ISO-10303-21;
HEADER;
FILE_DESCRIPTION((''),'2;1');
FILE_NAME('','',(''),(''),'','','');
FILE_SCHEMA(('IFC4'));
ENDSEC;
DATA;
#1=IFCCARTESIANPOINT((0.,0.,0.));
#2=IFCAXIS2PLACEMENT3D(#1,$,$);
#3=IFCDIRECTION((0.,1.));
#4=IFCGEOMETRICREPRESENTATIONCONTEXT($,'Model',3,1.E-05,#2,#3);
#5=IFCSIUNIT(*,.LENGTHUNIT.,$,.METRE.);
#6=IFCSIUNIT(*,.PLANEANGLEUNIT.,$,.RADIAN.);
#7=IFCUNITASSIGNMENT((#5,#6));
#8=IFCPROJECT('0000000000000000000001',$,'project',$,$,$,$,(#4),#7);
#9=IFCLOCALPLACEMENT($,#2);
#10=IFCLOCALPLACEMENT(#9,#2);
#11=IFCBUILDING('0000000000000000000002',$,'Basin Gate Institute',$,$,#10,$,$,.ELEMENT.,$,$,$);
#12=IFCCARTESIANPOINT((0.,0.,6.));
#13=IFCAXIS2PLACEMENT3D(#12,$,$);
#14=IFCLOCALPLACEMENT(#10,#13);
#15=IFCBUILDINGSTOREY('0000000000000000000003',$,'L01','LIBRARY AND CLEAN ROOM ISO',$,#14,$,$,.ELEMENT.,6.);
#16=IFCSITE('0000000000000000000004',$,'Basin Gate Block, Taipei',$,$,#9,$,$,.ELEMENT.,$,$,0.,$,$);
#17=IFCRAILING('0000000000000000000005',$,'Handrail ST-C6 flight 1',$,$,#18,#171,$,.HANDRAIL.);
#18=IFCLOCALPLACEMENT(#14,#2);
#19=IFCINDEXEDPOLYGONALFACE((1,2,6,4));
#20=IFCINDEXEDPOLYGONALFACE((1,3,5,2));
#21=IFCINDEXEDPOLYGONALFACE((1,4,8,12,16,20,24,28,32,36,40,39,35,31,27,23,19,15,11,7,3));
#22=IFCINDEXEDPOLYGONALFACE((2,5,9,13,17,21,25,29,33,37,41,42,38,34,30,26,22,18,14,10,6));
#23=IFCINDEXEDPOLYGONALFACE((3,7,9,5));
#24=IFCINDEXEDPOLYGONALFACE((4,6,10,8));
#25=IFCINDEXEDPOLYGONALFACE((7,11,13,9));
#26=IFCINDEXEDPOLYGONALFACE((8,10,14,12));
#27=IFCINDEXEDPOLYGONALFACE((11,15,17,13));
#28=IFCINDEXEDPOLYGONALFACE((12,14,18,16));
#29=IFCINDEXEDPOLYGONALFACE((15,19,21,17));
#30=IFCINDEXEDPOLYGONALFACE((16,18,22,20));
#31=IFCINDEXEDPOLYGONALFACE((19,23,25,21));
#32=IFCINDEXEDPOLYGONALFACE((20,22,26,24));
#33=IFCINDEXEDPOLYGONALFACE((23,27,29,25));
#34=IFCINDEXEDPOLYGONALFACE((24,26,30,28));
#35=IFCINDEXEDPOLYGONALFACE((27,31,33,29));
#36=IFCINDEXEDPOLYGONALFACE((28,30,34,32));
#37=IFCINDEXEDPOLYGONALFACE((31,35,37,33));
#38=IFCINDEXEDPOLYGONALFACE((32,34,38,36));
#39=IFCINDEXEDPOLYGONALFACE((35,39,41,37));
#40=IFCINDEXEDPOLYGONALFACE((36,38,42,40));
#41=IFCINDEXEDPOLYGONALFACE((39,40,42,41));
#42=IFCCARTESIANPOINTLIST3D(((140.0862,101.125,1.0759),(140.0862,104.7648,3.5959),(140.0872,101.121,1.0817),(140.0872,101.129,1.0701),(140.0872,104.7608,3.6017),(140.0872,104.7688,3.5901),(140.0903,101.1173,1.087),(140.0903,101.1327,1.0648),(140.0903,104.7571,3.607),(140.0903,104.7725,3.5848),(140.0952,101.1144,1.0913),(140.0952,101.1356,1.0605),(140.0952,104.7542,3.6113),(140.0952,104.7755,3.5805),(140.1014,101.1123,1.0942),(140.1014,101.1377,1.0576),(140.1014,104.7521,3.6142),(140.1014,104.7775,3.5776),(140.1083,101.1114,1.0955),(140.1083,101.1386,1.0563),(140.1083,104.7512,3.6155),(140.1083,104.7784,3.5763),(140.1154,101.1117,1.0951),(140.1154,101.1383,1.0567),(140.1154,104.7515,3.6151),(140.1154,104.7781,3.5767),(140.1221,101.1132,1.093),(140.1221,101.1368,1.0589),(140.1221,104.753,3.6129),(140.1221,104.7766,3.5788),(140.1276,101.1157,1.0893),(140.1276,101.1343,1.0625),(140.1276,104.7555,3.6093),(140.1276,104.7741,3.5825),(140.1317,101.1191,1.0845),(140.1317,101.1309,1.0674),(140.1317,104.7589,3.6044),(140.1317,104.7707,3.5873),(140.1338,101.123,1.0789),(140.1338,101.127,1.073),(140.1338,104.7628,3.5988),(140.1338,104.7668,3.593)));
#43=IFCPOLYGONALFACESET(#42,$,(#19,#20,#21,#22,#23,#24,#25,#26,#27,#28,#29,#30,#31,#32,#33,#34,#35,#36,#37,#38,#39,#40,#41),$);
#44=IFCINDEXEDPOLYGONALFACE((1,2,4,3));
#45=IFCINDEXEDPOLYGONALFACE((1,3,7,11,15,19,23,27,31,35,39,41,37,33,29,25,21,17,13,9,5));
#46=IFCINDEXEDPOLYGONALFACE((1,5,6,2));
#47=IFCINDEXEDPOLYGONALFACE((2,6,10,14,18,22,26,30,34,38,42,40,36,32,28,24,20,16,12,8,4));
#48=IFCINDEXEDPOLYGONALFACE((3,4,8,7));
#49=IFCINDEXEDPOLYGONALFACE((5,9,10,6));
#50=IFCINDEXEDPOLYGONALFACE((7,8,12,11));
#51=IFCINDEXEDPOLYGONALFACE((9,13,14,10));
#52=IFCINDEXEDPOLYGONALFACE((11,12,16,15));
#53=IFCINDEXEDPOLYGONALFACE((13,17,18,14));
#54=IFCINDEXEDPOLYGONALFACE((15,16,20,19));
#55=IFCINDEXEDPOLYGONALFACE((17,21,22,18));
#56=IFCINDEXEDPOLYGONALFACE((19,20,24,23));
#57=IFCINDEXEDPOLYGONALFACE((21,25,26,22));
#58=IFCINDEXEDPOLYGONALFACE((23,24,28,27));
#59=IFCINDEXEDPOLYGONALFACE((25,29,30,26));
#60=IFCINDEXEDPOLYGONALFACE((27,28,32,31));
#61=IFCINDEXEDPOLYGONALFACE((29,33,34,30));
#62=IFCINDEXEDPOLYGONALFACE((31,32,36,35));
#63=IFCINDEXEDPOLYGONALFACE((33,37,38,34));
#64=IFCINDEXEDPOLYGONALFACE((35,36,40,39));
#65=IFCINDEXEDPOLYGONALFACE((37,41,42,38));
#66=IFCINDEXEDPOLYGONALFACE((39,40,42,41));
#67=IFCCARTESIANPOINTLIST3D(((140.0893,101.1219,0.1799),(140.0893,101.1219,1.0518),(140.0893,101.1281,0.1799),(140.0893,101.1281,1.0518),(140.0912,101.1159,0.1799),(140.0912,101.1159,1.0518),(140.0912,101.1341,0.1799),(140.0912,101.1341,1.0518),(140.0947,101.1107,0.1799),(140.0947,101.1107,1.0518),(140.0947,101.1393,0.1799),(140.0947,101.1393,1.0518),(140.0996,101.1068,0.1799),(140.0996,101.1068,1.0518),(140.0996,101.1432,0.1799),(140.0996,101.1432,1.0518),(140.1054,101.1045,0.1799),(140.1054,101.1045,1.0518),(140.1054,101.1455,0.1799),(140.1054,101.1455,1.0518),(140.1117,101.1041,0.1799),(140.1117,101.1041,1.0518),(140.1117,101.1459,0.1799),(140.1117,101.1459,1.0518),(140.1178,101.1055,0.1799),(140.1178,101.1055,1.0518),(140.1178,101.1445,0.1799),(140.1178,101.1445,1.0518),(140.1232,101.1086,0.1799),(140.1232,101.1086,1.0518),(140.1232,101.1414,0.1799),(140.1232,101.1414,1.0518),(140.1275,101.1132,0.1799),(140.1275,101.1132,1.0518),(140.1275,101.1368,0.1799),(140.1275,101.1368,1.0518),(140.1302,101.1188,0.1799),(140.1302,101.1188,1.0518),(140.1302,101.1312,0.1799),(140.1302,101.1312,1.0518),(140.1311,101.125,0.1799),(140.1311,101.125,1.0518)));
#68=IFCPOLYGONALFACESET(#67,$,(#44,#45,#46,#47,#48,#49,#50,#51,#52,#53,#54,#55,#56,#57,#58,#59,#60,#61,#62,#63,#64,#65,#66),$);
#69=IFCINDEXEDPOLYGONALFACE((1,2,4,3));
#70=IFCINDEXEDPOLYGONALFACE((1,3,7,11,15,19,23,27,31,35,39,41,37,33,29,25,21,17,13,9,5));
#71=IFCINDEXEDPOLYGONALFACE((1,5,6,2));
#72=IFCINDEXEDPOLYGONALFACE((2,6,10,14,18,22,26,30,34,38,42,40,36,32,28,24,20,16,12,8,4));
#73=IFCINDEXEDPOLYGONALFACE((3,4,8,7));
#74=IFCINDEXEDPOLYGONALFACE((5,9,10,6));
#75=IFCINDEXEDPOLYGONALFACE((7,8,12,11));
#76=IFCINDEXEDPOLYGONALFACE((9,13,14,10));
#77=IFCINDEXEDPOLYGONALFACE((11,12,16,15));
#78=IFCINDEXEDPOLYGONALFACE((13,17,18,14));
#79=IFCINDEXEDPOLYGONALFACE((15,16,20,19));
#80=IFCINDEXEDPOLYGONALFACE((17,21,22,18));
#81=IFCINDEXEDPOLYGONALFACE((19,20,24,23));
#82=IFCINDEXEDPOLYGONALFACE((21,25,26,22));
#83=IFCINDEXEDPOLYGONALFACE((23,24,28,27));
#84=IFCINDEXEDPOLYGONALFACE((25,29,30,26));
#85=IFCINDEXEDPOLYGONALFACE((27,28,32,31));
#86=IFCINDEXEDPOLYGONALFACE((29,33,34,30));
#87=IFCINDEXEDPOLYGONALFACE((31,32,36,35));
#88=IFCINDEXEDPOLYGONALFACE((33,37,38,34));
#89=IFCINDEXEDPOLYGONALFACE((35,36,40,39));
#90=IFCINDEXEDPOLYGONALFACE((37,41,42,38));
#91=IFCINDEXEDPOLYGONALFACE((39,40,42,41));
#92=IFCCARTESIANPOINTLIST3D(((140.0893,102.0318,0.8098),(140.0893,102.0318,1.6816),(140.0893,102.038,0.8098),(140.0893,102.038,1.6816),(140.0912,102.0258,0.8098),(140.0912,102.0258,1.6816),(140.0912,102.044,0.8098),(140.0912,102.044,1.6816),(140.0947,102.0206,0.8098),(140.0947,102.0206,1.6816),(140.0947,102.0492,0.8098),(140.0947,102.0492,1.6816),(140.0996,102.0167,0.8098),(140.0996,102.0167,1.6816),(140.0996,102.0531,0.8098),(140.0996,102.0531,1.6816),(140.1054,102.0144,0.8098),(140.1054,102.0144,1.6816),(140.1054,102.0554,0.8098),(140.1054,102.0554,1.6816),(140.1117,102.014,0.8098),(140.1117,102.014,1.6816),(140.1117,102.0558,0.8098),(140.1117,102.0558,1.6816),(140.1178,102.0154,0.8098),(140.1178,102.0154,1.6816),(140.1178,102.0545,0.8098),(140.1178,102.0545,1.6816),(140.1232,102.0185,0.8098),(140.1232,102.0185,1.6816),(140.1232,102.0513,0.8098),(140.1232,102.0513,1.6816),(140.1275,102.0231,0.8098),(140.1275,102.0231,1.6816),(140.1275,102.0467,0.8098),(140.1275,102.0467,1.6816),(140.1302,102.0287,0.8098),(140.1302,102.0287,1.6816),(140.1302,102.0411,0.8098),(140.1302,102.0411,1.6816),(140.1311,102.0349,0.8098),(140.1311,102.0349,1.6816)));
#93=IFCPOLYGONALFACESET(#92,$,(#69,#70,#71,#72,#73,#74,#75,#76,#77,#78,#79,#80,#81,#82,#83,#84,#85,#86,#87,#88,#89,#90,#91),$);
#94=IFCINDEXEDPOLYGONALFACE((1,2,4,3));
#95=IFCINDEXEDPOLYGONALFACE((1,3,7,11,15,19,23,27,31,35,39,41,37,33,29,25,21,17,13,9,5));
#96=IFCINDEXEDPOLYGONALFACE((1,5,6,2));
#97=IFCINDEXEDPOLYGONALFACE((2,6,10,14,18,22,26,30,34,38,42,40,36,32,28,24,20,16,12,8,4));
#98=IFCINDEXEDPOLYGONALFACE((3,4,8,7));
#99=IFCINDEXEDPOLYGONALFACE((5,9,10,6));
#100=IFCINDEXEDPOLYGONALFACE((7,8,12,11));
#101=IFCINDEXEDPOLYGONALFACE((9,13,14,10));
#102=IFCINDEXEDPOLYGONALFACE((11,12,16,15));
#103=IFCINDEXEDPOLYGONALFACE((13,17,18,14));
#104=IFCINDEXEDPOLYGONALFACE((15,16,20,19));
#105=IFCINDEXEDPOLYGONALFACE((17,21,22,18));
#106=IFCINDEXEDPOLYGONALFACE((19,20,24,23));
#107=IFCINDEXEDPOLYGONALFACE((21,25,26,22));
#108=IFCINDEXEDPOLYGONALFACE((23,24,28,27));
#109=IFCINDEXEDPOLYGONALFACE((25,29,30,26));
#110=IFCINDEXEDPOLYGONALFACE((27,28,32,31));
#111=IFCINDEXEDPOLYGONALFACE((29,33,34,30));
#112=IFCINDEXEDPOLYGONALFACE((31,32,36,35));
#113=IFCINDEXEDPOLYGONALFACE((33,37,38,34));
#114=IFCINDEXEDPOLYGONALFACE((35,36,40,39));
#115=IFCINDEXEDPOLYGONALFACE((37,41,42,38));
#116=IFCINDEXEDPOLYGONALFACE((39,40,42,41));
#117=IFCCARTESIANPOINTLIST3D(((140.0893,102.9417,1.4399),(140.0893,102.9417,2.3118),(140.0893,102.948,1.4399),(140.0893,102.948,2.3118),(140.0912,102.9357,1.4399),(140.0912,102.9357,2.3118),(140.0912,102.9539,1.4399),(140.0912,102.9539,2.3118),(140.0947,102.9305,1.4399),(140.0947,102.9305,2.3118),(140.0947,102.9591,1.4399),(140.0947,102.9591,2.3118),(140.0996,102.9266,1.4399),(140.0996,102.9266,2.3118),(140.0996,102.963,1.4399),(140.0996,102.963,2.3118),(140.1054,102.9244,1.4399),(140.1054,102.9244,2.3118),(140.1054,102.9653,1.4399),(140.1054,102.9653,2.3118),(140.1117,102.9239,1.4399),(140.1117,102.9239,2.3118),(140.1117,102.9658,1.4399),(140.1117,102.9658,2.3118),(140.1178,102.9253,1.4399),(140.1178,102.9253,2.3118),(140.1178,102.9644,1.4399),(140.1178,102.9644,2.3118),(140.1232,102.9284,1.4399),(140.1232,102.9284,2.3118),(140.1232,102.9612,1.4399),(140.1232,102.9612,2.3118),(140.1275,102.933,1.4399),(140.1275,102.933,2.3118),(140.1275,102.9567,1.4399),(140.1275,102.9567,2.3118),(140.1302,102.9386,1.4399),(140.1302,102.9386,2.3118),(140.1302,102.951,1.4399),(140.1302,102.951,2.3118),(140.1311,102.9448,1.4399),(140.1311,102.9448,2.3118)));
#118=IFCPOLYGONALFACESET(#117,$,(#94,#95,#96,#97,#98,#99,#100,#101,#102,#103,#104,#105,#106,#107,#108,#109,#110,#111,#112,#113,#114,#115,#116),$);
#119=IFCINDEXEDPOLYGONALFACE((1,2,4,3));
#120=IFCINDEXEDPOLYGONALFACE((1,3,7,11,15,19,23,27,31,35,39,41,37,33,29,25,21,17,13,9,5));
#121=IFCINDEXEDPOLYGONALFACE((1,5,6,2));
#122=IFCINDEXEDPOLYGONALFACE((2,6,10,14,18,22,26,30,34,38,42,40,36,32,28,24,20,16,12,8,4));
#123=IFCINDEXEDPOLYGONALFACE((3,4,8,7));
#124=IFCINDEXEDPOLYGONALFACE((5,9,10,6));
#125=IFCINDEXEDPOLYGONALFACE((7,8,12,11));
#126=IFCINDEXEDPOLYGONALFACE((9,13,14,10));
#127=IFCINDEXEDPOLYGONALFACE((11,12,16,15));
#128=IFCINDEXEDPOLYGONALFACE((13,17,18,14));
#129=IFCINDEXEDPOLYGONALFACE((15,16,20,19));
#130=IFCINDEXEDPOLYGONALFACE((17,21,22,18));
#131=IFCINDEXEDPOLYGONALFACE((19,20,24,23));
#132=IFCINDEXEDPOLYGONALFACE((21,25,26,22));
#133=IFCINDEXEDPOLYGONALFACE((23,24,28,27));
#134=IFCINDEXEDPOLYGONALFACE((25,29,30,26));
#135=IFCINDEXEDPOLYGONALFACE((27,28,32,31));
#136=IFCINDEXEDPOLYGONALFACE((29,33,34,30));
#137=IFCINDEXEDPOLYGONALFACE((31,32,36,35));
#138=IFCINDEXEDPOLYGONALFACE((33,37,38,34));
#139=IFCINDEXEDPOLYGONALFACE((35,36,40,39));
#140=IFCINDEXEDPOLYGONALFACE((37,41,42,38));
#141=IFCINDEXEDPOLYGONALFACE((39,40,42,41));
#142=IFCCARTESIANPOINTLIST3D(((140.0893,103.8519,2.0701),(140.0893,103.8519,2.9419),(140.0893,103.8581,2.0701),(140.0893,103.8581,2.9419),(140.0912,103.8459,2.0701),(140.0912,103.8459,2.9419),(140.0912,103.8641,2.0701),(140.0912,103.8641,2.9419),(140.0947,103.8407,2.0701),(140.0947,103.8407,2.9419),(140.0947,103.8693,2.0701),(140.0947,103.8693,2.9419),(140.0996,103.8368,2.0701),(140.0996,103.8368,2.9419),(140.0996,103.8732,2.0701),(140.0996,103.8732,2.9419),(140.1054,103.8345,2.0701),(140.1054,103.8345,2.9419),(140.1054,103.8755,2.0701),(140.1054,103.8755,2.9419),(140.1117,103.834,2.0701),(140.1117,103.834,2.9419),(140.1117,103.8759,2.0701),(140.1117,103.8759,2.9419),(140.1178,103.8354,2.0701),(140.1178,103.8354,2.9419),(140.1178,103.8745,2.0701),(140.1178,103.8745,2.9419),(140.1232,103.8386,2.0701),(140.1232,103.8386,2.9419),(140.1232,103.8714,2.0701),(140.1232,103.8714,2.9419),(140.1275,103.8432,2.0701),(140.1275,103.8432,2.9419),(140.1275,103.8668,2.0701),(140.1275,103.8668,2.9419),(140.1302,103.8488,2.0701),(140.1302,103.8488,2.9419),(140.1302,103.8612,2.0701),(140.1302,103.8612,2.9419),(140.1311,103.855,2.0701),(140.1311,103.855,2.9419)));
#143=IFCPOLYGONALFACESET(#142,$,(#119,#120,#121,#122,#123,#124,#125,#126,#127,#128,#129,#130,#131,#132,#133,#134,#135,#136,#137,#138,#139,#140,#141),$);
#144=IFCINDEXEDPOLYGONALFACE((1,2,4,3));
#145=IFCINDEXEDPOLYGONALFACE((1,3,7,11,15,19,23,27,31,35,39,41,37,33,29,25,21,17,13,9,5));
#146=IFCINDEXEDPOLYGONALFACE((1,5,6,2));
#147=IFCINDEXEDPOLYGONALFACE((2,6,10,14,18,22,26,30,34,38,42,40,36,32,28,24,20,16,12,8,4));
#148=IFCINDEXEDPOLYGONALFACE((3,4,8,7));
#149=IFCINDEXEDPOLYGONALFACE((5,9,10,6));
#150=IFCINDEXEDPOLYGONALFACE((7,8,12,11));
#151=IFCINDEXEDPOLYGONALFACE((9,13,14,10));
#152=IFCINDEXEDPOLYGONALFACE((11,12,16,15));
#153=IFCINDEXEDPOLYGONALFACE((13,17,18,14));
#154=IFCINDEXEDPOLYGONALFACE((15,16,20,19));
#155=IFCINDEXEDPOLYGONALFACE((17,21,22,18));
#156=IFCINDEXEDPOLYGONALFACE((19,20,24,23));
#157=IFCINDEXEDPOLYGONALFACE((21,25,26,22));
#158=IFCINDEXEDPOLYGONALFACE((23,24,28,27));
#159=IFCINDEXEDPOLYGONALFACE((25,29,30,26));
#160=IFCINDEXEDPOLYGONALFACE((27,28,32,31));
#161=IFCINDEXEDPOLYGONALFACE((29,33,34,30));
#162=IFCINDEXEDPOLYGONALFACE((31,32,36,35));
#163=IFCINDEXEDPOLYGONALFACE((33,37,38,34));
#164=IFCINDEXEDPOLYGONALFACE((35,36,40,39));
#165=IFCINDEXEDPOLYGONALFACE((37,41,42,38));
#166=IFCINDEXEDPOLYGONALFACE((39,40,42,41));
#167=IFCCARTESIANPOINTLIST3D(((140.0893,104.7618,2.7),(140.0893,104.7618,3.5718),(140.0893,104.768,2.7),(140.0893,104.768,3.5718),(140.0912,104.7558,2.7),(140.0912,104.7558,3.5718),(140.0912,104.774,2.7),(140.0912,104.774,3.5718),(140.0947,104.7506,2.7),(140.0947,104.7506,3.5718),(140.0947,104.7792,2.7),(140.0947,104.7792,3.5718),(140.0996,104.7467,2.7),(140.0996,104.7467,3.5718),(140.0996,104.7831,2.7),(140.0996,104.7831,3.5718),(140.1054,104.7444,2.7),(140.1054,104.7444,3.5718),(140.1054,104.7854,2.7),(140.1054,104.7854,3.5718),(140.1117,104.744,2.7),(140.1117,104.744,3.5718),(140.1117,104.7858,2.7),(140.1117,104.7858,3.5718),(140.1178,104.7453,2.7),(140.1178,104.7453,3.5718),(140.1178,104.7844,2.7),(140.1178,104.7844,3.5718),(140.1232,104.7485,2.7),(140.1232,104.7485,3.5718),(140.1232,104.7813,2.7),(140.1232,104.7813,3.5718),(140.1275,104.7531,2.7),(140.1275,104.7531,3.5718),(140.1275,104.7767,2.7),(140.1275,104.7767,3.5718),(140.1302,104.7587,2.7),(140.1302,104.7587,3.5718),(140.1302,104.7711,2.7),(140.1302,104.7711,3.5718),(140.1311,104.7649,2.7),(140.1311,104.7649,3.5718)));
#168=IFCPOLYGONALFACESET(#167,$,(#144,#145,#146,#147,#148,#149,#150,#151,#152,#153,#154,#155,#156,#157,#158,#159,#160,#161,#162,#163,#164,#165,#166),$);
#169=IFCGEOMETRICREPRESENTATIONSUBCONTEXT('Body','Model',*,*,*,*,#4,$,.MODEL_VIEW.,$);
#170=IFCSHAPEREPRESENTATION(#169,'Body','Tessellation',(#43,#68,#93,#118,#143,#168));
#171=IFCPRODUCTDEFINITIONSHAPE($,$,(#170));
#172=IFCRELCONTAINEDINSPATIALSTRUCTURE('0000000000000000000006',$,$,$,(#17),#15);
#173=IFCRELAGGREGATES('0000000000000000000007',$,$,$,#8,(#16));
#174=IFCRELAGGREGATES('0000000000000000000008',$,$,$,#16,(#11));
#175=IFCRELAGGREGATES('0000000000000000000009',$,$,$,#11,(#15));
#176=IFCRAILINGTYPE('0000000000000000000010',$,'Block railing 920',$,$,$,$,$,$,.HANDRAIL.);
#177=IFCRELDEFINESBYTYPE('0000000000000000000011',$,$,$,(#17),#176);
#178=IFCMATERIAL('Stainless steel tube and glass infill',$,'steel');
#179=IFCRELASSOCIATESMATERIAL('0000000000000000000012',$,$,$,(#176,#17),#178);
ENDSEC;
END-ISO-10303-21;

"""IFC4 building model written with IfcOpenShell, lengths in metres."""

from ifc_helpers import new_model, si_unit, direction, frame, origin, origin_2d, place, context, subcontext, project, spatial, circle, extrude, material, type_object, element, save


model = new_model("IFC4")

# Units and contexts
model_context = context("Model", 3, precision=1e-05, world=origin(), true_north=direction((0.0, 1.0)))
body_context = subcontext(model_context, "Body", "Model", "MODEL_VIEW")
ifc_project = project(units=[si_unit("LENGTHUNIT", "METRE"), si_unit("PLANEANGLEUNIT", "RADIAN")], contexts=[model_context])

# Site, building, storey
site_placement = place(None, origin())
site = spatial("IfcSite", under=ifc_project, at=site_placement, Name="Basin Gate Block, Taipei", CompositionType="ELEMENT", RefElevation=0.0)
building_placement = place(site_placement, origin())
building = spatial("IfcBuilding", under=site, at=building_placement, Name="Basin Gate Institute", CompositionType="ELEMENT")
storey_placement = place(building_placement, frame((0.0, 0.0, 6.0)))
storey = spatial("IfcBuildingStorey", under=building, at=storey_placement, Name="L01", Description="LIBRARY AND CLEAN ROOM ISO", CompositionType="ELEMENT", Elevation=6.0)

# Railing
ifc_material_1 = material(Name="Stainless steel tube and glass infill", Category="steel")
railing_type_1 = type_object("IfcRailingType", Name="Block railing 920", PredefinedType="HANDRAIL", material=ifc_material_1)
for number, where, name in (
    (1, (140.1101, 101.125, 0.1799), "Handrail ST-C6 flight 1"),
):
    element("IfcRailing", number, at=place(storey_placement, frame(where)), inside=storey, type_object=railing_type_1, material=ifc_material_1, Name=name, PredefinedType="HANDRAIL", context=body_context, shape_type="SweptSolid", body=[
        extrude(circle(Radius=0.0239, at=origin_2d()), frame((0.0, 0.0, 0.896), z_axis=(0.0, 0.822182, 0.569224), x_axis=(-1.0, 0.0, 0.0)), (0.0, 0.0, 1.0), 4.427),
        extrude(circle(Radius=0.021, at=origin_2d()), origin(), (0.0, 0.0, 1.0), 0.8718),
        extrude(circle(Radius=0.021, at=origin_2d()), frame((0.0, 0.9099, 0.6299)), (0.0, 0.0, 1.0), 0.8718),
        extrude(circle(Radius=0.021, at=origin_2d()), frame((0.0, 1.8198, 1.26)), (0.0, 0.0, 1.0), 0.8718),
        extrude(circle(Radius=0.021, at=origin_2d()), frame((0.0, 2.73, 1.8901)), (0.0, 0.0, 1.0), 0.8718),
        extrude(circle(Radius=0.021, at=origin_2d()), frame((0.0, 3.6399, 2.52)), (0.0, 0.0, 1.0), 0.8718),
    ])

save(model, "model.ifc")
